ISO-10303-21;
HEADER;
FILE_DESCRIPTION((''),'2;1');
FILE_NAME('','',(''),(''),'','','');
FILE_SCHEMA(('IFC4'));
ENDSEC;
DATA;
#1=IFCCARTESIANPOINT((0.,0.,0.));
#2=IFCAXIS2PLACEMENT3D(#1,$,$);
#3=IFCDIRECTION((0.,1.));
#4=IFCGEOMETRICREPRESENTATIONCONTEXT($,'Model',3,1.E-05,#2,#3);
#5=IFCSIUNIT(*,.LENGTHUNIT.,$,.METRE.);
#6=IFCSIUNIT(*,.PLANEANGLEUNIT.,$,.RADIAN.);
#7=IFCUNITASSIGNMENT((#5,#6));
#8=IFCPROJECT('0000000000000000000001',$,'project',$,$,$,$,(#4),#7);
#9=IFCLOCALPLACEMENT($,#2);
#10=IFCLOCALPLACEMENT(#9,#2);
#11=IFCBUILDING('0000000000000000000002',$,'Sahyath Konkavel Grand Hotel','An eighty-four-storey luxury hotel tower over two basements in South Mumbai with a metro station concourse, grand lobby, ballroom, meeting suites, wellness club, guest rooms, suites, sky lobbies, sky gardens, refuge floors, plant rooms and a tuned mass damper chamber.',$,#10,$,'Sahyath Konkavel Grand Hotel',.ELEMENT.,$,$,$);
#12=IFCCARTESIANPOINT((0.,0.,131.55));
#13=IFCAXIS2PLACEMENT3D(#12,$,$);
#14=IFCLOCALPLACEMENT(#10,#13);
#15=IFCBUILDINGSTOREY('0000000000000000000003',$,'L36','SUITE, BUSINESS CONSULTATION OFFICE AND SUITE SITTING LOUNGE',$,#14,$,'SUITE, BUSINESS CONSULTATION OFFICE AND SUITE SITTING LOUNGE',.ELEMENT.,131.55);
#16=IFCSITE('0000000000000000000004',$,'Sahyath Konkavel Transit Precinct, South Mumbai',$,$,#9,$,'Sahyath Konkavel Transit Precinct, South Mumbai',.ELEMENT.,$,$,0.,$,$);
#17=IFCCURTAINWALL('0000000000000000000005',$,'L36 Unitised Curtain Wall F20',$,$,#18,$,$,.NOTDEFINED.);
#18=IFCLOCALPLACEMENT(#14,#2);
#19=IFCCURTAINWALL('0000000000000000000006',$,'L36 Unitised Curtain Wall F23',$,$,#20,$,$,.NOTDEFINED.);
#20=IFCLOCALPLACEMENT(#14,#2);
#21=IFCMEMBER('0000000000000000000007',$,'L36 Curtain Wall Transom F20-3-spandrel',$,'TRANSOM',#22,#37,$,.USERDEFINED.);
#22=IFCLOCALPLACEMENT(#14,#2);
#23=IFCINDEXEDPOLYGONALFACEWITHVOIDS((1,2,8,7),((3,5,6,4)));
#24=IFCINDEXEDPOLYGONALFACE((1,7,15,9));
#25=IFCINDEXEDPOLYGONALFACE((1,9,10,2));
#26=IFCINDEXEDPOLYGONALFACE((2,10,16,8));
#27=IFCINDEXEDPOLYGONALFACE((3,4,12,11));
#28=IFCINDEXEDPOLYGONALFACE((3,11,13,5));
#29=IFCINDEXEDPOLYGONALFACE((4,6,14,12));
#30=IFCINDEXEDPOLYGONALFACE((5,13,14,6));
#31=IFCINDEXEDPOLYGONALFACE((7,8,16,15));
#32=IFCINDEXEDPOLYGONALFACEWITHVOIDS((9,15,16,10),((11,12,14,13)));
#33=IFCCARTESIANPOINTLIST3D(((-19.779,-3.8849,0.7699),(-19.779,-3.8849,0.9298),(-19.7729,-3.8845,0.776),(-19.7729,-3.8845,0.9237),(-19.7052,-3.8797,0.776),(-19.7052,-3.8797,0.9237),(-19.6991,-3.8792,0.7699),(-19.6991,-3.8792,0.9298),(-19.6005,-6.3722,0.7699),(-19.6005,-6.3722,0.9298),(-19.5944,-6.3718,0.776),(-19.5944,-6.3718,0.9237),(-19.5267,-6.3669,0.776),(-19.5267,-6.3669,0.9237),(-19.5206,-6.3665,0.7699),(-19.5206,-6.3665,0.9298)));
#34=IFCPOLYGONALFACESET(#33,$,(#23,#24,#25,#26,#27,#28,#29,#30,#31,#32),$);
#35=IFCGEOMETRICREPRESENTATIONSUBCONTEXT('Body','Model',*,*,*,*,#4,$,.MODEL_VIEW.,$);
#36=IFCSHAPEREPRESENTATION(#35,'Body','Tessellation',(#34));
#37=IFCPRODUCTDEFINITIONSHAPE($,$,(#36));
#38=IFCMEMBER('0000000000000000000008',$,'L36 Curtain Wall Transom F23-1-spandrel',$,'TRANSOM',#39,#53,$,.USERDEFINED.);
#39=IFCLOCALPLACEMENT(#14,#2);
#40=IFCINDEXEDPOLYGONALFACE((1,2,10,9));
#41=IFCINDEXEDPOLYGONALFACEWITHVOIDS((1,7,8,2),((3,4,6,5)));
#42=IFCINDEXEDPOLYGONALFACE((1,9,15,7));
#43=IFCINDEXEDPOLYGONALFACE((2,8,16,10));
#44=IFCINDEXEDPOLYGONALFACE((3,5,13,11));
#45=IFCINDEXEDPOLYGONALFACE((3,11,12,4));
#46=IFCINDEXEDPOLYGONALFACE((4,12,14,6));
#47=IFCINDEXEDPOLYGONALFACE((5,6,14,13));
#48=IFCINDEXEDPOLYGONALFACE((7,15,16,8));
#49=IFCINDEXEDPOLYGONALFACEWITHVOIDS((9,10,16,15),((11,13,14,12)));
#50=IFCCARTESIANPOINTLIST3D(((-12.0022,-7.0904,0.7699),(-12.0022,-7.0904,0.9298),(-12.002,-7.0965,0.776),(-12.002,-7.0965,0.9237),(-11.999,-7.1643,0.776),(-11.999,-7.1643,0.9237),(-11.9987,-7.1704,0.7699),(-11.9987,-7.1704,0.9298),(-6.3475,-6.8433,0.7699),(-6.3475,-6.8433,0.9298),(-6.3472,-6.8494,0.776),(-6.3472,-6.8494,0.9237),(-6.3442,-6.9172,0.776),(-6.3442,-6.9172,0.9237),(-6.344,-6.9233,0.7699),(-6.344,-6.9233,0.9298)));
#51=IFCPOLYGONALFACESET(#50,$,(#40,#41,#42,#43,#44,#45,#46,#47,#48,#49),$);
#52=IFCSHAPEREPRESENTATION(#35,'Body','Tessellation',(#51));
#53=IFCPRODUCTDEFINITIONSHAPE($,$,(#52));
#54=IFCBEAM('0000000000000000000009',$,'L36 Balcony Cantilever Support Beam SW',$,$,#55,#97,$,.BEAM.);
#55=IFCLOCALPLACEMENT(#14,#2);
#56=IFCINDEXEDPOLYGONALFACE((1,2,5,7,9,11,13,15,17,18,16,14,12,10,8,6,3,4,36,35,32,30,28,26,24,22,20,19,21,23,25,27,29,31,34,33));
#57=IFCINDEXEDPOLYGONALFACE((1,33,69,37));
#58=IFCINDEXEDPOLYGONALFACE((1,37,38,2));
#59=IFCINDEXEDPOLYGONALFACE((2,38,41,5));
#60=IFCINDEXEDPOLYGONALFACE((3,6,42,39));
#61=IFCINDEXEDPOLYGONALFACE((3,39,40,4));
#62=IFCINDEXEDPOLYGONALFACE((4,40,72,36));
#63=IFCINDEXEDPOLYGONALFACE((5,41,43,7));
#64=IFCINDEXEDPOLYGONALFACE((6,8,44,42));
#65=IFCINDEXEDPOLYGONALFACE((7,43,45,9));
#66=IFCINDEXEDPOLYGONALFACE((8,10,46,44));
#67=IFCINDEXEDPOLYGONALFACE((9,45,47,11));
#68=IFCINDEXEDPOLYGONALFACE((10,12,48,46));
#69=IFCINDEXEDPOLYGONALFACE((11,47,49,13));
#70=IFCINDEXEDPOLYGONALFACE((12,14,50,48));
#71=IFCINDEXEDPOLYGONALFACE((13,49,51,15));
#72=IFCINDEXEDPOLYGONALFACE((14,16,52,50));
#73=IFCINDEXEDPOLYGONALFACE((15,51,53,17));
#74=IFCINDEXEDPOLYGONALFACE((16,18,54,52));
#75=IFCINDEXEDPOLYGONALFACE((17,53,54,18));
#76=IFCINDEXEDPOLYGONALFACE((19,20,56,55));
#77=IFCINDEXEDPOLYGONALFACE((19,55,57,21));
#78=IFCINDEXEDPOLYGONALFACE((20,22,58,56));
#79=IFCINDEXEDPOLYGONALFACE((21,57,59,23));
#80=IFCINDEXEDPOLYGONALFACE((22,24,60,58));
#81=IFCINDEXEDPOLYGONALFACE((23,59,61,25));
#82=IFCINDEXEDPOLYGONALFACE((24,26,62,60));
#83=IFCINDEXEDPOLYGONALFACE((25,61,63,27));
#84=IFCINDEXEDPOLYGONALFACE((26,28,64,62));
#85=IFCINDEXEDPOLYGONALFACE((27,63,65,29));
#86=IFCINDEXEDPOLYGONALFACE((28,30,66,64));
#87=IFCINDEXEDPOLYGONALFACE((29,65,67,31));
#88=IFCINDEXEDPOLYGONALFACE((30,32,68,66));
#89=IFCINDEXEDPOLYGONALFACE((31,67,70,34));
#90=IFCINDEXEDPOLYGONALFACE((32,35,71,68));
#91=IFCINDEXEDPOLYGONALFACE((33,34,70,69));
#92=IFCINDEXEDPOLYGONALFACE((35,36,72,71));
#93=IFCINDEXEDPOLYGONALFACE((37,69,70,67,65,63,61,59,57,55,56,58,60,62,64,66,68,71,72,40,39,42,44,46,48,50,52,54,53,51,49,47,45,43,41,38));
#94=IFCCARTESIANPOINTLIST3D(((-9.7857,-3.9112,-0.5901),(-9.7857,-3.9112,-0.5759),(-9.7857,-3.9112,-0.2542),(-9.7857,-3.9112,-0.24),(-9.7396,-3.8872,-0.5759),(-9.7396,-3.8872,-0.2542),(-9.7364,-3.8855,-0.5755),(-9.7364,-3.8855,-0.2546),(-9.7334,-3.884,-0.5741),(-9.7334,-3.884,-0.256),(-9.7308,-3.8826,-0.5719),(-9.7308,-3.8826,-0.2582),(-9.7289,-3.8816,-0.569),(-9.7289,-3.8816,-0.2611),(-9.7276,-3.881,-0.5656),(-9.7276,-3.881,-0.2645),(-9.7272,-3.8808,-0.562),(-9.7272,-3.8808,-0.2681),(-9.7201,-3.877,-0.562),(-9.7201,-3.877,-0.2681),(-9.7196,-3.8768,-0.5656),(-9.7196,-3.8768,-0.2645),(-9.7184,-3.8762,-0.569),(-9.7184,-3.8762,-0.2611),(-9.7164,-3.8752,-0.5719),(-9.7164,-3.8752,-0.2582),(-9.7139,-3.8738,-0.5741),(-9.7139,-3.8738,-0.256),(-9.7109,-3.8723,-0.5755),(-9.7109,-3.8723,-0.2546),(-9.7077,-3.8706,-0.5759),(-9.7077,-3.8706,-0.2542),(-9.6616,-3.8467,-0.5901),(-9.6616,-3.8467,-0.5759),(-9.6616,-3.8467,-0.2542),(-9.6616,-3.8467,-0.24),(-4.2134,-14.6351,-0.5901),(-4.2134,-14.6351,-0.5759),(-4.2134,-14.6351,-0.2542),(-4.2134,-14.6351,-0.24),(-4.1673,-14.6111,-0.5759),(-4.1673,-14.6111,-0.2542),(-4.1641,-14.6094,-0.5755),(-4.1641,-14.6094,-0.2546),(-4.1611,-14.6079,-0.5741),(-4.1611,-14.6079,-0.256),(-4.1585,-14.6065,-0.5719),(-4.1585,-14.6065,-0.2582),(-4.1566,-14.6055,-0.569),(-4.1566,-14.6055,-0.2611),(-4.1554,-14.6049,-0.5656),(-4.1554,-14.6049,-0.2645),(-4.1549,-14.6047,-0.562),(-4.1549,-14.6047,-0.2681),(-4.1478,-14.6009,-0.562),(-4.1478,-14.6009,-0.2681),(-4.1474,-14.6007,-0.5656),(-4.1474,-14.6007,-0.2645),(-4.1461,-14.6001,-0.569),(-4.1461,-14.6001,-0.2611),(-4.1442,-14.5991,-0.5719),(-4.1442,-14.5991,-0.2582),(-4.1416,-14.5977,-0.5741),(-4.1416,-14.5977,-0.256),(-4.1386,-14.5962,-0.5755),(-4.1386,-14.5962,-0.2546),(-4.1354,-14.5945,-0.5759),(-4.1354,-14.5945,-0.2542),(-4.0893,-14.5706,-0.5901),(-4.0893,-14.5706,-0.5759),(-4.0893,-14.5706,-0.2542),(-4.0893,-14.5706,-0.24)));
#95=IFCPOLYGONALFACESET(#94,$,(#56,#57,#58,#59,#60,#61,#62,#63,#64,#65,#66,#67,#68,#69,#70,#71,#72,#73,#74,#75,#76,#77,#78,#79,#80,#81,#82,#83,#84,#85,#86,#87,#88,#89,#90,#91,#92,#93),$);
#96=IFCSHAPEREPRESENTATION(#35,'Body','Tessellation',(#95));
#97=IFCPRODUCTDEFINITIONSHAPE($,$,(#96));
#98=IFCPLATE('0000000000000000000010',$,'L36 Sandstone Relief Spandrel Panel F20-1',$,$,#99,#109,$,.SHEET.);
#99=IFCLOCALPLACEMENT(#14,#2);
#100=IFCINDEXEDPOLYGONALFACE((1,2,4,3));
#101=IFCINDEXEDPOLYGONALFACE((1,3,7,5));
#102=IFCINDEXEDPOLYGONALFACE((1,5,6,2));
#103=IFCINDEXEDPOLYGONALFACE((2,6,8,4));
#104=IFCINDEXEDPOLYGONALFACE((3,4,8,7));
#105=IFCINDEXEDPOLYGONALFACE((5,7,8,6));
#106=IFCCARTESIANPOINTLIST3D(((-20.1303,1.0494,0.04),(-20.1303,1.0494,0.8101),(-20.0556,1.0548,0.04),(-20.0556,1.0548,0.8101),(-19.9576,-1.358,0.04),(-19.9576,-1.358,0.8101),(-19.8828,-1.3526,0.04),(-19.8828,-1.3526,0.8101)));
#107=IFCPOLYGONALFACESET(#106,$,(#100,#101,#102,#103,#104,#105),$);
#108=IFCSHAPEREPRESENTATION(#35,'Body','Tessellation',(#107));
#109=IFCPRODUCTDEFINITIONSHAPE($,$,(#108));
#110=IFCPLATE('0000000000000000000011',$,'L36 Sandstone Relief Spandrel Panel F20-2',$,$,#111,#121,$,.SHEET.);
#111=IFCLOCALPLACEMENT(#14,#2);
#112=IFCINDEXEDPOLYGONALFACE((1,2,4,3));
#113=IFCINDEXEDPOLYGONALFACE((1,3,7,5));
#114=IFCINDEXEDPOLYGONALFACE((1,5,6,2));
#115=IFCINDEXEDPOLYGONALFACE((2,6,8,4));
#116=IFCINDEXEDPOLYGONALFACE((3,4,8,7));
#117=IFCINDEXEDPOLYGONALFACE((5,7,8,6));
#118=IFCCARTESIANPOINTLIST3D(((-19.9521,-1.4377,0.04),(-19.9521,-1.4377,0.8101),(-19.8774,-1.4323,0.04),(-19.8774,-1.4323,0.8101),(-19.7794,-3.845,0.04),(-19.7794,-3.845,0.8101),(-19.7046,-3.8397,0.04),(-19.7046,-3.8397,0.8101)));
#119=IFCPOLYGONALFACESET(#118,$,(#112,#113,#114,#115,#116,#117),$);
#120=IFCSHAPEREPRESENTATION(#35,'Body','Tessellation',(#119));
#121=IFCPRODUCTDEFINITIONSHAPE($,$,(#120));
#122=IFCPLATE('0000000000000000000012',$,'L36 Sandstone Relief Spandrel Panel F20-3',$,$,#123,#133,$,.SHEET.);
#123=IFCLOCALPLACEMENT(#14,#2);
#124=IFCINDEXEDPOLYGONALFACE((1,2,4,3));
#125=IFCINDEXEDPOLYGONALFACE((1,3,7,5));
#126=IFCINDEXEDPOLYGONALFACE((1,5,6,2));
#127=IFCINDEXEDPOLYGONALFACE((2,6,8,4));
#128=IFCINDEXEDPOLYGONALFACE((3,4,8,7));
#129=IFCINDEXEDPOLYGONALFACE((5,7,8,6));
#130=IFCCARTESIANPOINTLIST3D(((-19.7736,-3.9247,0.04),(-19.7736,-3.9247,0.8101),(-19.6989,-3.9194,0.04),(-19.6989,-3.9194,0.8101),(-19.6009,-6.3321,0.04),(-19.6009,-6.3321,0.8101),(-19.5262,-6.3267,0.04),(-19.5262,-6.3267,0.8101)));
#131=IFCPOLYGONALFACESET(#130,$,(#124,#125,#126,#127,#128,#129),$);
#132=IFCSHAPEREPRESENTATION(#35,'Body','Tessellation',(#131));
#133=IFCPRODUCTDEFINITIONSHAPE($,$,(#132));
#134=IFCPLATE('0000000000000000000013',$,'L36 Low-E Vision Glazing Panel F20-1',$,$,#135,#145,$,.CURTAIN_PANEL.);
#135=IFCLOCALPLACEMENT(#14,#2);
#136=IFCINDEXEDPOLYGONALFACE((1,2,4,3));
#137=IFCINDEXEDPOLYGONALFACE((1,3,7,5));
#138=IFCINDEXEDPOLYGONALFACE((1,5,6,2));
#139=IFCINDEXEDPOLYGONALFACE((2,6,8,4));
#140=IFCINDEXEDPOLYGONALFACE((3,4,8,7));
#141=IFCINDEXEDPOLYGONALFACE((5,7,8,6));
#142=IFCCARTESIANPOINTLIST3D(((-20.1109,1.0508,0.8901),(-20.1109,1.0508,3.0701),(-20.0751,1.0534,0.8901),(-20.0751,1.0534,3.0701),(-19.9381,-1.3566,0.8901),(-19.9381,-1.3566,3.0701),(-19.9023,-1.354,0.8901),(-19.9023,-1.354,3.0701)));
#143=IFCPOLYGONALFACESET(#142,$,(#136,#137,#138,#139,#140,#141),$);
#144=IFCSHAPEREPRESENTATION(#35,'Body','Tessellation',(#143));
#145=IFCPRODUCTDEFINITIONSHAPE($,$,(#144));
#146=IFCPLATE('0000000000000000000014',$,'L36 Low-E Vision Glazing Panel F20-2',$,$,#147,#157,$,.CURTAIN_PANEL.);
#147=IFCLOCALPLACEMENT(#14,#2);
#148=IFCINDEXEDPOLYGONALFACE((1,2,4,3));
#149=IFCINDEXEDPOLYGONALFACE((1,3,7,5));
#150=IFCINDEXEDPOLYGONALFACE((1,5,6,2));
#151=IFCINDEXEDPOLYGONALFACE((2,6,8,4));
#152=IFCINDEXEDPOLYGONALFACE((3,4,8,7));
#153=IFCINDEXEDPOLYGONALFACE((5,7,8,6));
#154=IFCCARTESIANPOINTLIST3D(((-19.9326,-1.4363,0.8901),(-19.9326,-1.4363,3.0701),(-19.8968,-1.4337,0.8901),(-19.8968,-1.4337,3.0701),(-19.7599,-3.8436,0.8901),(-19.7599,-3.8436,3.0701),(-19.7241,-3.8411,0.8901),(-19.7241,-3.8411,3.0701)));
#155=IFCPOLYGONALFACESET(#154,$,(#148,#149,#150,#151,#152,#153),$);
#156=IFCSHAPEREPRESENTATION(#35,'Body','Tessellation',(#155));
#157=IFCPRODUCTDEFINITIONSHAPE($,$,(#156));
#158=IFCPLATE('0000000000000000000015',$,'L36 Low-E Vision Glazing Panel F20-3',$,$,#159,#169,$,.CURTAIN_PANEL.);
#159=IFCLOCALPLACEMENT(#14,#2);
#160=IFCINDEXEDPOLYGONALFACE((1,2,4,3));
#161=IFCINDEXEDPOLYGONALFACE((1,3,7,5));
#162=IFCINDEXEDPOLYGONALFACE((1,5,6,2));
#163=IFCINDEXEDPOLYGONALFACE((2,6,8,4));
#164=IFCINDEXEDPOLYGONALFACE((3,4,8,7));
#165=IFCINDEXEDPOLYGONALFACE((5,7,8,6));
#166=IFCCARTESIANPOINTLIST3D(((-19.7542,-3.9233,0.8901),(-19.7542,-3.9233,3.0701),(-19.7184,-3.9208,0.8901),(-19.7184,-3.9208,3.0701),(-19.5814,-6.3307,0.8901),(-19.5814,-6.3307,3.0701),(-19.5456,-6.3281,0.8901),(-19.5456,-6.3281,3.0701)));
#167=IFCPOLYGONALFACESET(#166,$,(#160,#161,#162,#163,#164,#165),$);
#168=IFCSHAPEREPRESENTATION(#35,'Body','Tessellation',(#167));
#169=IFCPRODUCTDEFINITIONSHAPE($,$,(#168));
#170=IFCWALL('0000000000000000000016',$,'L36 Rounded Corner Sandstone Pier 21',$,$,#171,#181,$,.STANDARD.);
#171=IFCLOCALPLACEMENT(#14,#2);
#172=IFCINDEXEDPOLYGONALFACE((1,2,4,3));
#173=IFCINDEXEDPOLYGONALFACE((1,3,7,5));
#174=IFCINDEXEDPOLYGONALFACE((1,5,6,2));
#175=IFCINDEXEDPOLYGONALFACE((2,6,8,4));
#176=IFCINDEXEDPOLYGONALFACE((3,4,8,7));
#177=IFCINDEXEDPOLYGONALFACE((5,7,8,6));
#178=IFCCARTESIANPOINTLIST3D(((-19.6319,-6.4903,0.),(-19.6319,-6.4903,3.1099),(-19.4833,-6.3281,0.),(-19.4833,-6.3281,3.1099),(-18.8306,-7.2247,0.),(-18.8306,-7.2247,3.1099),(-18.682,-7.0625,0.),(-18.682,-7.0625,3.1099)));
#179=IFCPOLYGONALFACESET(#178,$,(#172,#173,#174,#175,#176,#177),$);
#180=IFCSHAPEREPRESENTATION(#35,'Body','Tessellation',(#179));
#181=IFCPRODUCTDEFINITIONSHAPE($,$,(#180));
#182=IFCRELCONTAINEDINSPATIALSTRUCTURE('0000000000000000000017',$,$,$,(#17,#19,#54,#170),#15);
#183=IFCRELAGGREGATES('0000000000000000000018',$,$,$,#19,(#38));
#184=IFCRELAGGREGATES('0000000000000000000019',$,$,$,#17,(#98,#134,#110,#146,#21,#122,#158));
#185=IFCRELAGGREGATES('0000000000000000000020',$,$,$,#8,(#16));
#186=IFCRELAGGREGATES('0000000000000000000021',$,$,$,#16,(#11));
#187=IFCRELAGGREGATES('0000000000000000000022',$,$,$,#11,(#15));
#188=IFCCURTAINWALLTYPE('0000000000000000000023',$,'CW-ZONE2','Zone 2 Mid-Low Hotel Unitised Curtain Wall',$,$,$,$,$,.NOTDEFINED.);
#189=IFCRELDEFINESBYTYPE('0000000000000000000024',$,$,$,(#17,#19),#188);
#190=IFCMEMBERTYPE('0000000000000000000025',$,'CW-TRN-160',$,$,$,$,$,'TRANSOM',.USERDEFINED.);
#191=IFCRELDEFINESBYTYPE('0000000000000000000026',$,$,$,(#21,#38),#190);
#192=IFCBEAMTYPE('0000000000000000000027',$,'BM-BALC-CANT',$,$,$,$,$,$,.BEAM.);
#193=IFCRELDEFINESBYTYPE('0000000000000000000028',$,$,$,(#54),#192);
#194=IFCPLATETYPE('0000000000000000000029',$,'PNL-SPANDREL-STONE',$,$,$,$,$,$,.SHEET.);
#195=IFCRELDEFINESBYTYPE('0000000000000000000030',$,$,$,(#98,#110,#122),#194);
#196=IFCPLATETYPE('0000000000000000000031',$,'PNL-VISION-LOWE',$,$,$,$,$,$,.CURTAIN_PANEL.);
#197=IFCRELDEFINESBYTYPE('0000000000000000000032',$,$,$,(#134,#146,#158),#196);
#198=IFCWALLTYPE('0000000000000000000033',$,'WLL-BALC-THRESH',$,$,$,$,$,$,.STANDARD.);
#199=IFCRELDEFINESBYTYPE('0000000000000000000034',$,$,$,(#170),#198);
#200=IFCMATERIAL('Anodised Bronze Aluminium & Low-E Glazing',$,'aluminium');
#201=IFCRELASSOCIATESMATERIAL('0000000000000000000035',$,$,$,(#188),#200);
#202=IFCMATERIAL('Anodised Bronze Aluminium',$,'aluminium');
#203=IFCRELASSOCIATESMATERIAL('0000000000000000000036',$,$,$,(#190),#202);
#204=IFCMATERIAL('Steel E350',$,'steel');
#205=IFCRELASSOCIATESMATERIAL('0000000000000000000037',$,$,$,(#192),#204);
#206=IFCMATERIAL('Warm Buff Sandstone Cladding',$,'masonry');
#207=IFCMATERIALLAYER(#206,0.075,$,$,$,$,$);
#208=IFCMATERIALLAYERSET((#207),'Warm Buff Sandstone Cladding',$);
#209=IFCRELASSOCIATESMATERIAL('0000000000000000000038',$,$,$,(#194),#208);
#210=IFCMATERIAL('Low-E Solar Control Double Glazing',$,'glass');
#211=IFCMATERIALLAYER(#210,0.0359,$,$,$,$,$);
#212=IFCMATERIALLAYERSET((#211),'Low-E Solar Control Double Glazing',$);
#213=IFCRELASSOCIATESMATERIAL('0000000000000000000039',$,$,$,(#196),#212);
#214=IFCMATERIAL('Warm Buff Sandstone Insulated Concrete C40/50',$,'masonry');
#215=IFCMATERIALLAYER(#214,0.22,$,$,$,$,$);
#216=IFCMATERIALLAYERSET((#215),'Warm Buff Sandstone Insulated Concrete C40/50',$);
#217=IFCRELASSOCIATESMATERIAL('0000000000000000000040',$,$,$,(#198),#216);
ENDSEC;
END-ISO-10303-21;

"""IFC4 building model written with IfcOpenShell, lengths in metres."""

from ifc_helpers import new_model, si_unit, direction, frame, frame_2d, origin, origin_2d, place, context, subcontext, project, spatial, rectangle, hollow_rectangle, i_section, extrude, source, transform, mapped, material, layer, layer_set, material_profile, profile_set, type_object, element, aggregate, save


model = new_model("IFC4")

# Units and contexts
model_context = context("Model", 3, precision=1e-05, world=origin(), true_north=direction((0.0, 1.0)))
body_context = subcontext(model_context, "Body", "Model", "MODEL_VIEW")
ifc_project = project(units=[si_unit("LENGTHUNIT", "METRE"), si_unit("PLANEANGLEUNIT", "RADIAN")], contexts=[model_context])

# Site, building, storey
site_placement = place(None, origin())
site = spatial("IfcSite", under=ifc_project, at=site_placement, Name="Sahyath Konkavel Transit Precinct, South Mumbai", LongName="Sahyath Konkavel Transit Precinct, South Mumbai", CompositionType="ELEMENT", RefElevation=0.0)
building_placement = place(site_placement, origin())
building = spatial("IfcBuilding", under=site, at=building_placement, Name="Sahyath Konkavel Grand Hotel", Description="An eighty-four-storey luxury hotel tower over two basements in South Mumbai with a metro station concourse, grand lobby, ballroom, meeting suites, wellness club, guest rooms, suites, sky lobbies, sky gardens, refuge floors, plant rooms and a tuned mass damper chamber.", LongName="Sahyath Konkavel Grand Hotel", CompositionType="ELEMENT")
storey_placement = place(building_placement, frame((0.0, 0.0, 131.55)))
storey = spatial("IfcBuildingStorey", under=building, at=storey_placement, Name="L36", Description="SUITE, BUSINESS CONSULTATION OFFICE AND SUITE SITTING LOUNGE", LongName="SUITE, BUSINESS CONSULTATION OFFICE AND SUITE SITTING LOUNGE", CompositionType="ELEMENT", Elevation=131.55)

# Shared definitions
ifc_material_1 = material(Name="Steel E350", Category="steel")

# Curtain wall
ifc_material_2 = material(Name="Anodised Bronze Aluminium & Low-E Glazing", Category="aluminium")
curtain_wall_type = type_object("IfcCurtainWallType", Name="CW-ZONE2", Description="Zone 2 Mid-Low Hotel Unitised Curtain Wall", PredefinedType="NOTDEFINED", material=ifc_material_2)
curtain_wall_1_placement = place(storey_placement, origin())
curtain_wall_1 = element("IfcCurtainWall", 1, at=curtain_wall_1_placement, inside=storey, type_object=curtain_wall_type, Name="L36 Unitised Curtain Wall F20", PredefinedType="NOTDEFINED")
ifc_material_3 = material(Name="Anodised Bronze Aluminium", Category="aluminium")

# Curtain wall
curtain_wall_2_placement = place(storey_placement, origin())
curtain_wall_2 = element("IfcCurtainWall", 2, at=curtain_wall_2_placement, inside=storey, type_object=curtain_wall_type, Name="L36 Unitised Curtain Wall F23", PredefinedType="NOTDEFINED")

# Members
ifc_material_profile_1 = material_profile(ifc_material_3, hollow_rectangle(XDim=0.0801, YDim=0.1599, WallThickness=0.0061, at=origin_2d()), Name="RHS 160x80x6")
ifc_profile_set_1 = profile_set([ifc_material_profile_1], Name="Anodised Bronze Aluminium")
member_type_1 = type_object("IfcMemberType", Name="CW-TRN-160", ElementType="TRANSOM", PredefinedType="USERDEFINED", material=ifc_profile_set_1)
shared_shape_1 = source(origin(), body_context, "Body", "SweptSolid", [
    extrude(hollow_rectangle(XDim=0.0801, YDim=0.1599, WallThickness=0.0061, at=origin_2d()), origin(), (0.0, 0.0, 1.0), 2.4937),
])
member_1_placement = place(storey_placement, frame((-19.739, -3.8821, 0.8499), z_axis=(0.071567, -0.997436, 0.0), x_axis=(0.997436, 0.071567, 0.0)))
member_1 = element("IfcMember", 3, at=member_1_placement, type_object=member_type_1, Name="L36 Curtain Wall Transom F20-3-spandrel", ObjectType="TRANSOM", PredefinedType="USERDEFINED", context=body_context, shape_type="MappedRepresentation", body=[
    mapped(shared_shape_1, transform((0.0, 0.0, 0.0), scale=1.0)),
])
shared_shape_2 = source(origin(), body_context, "Body", "SweptSolid", [
    extrude(hollow_rectangle(XDim=0.0801, YDim=0.1599, WallThickness=0.0061, at=origin_2d()), origin(), (0.0, 0.0, 1.0), 5.6602),
])
member_2_placement = place(storey_placement, frame((-12.0005, -7.1304, 0.8499), z_axis=(0.999047, 0.043651, 0.0), x_axis=(-0.043651, 0.999047, 0.0)))
member_2 = element("IfcMember", 4, at=member_2_placement, type_object=member_type_1, Name="L36 Curtain Wall Transom F23-1-spandrel", ObjectType="TRANSOM", PredefinedType="USERDEFINED", context=body_context, shape_type="MappedRepresentation", body=[
    mapped(shared_shape_2, transform((0.0, 0.0, 0.0), scale=1.0)),
])
aggregate(curtain_wall_2, [member_2])

# Beam
ifc_material_profile_2 = material_profile(ifc_material_1, i_section(OverallWidth=0.1399, OverallDepth=0.3501, WebThickness=0.0081, FlangeThickness=0.0142, FilletRadius=0.0139, at=origin_2d()), Name="ISMB 350")
ifc_profile_set_2 = profile_set([ifc_material_profile_2], Name="Steel E350")
beam_type_1 = type_object("IfcBeamType", Name="BM-BALC-CANT", PredefinedType="BEAM", material=ifc_profile_set_2)
shared_shape_3 = source(origin(), body_context, "Body", "SweptSolid", [
    extrude(i_section(OverallWidth=0.1399, OverallDepth=0.3501, WebThickness=0.0081, FlangeThickness=0.0142, FilletRadius=0.0139, at=origin_2d()), origin(), (0.0, 0.0, 1.0), 12.0852),
])
beam_1_placement = place(storey_placement, frame((-9.7236, -3.8789, -0.415), z_axis=(0.461082, -0.887357, 0.0), x_axis=(0.887357, 0.461082, 0.0)))
element("IfcBeam", 5, at=beam_1_placement, inside=storey, type_object=beam_type_1, Name="L36 Balcony Cantilever Support Beam SW", PredefinedType="BEAM", context=body_context, shape_type="MappedRepresentation", body=[
    mapped(shared_shape_3, transform((0.0, 0.0, 0.0), scale=1.0)),
])

# Plates
ifc_material_4 = material(Name="Warm Buff Sandstone Cladding", Category="masonry")
ifc_layer_1 = layer(ifc_material_4, 0.075)
ifc_layer_set_1 = layer_set([ifc_layer_1], Name="Warm Buff Sandstone Cladding")
plate_type_1 = type_object("IfcPlateType", Name="PNL-SPANDREL-STONE", PredefinedType="SHEET", material=ifc_layer_set_1)
shared_shape_4 = source(origin(), body_context, "Body", "SweptSolid", [
    extrude(rectangle(XDim=2.4136, YDim=0.075, at=origin_2d()), origin(), (0.0, 0.0, 1.0), 0.77),
])
plate_1_placement = place(storey_placement, frame((-20.0066, -0.1516, 0.04), z_axis=(0.0, 0.0, 1.0), x_axis=(0.071567, -0.997436, 0.0)))
plate_1 = element("IfcPlate", 6, at=plate_1_placement, type_object=plate_type_1, Name="L36 Sandstone Relief Spandrel Panel F20-1", PredefinedType="SHEET", context=body_context, shape_type="MappedRepresentation", body=[
    mapped(shared_shape_4, transform((0.0, 0.0, 0.0), scale=1.0)),
])
plate_2_placement = place(storey_placement, frame((-19.8284, -2.6387, 0.04), z_axis=(0.0, 0.0, 1.0), x_axis=(0.071567, -0.997436, 0.0)))
plate_2 = element("IfcPlate", 7, at=plate_2_placement, type_object=plate_type_1, Name="L36 Sandstone Relief Spandrel Panel F20-2", PredefinedType="SHEET", context=body_context, shape_type="MappedRepresentation", body=[
    mapped(shared_shape_4, transform((0.0, 0.0, 0.0), scale=1.0)),
])
plate_3_placement = place(storey_placement, frame((-19.6499, -5.1257, 0.04), z_axis=(0.0, 0.0, 1.0), x_axis=(0.071567, -0.997436, 0.0)))
plate_3 = element("IfcPlate", 8, at=plate_3_placement, type_object=plate_type_1, Name="L36 Sandstone Relief Spandrel Panel F20-3", PredefinedType="SHEET", context=body_context, shape_type="MappedRepresentation", body=[
    mapped(shared_shape_4, transform((0.0, 0.0, 0.0), scale=1.0)),
])
ifc_material_5 = material(Name="Low-E Solar Control Double Glazing", Category="glass")
ifc_layer_2 = layer(ifc_material_5, 0.0359)
ifc_layer_set_2 = layer_set([ifc_layer_2], Name="Low-E Solar Control Double Glazing")
plate_type_2 = type_object("IfcPlateType", Name="PNL-VISION-LOWE", PredefinedType="CURTAIN_PANEL", material=ifc_layer_set_2)
shared_shape_5 = source(origin(), body_context, "Body", "SweptSolid", [
    extrude(rectangle(XDim=2.4136, YDim=0.0359, at=origin_2d()), origin(), (0.0, 0.0, 1.0), 2.1799),
])
plate_4_placement = place(storey_placement, frame((-20.0066, -0.1516, 0.8901), z_axis=(0.0, 0.0, 1.0), x_axis=(0.071567, -0.997436, 0.0)))
plate_4 = element("IfcPlate", 9, at=plate_4_placement, type_object=plate_type_2, Name="L36 Low-E Vision Glazing Panel F20-1", PredefinedType="CURTAIN_PANEL", context=body_context, shape_type="MappedRepresentation", body=[
    mapped(shared_shape_5, transform((0.0, 0.0, 0.0), scale=1.0)),
])
plate_5_placement = place(storey_placement, frame((-19.8284, -2.6387, 0.8901), z_axis=(0.0, 0.0, 1.0), x_axis=(0.071567, -0.997436, 0.0)))
plate_5 = element("IfcPlate", 10, at=plate_5_placement, type_object=plate_type_2, Name="L36 Low-E Vision Glazing Panel F20-2", PredefinedType="CURTAIN_PANEL", context=body_context, shape_type="MappedRepresentation", body=[
    mapped(shared_shape_5, transform((0.0, 0.0, 0.0), scale=1.0)),
])
plate_6_placement = place(storey_placement, frame((-19.6499, -5.1257, 0.8901), z_axis=(0.0, 0.0, 1.0), x_axis=(0.071567, -0.997436, 0.0)))
plate_6 = element("IfcPlate", 11, at=plate_6_placement, type_object=plate_type_2, Name="L36 Low-E Vision Glazing Panel F20-3", PredefinedType="CURTAIN_PANEL", context=body_context, shape_type="MappedRepresentation", body=[
    mapped(shared_shape_5, transform((0.0, 0.0, 0.0), scale=1.0)),
])
aggregate(curtain_wall_1, [plate_1, plate_4, plate_2, plate_5, member_1, plate_3, plate_6])

# Wall
ifc_material_6 = material(Name="Warm Buff Sandstone Insulated Concrete C40/50", Category="masonry")
ifc_layer_3 = layer(ifc_material_6, 0.22)
ifc_layer_set_3 = layer_set([ifc_layer_3], Name="Warm Buff Sandstone Insulated Concrete C40/50")
wall_type_1 = type_object("IfcWallType", Name="WLL-BALC-THRESH", PredefinedType="STANDARD", material=ifc_layer_set_3)
wall_1_placement = place(storey_placement, frame((-19.5576, -6.4092, 0.0), z_axis=(0.0, 0.0, 1.0), x_axis=(0.73721, -0.675664, 0.0)))
element("IfcWall", 12, at=wall_1_placement, inside=storey, type_object=wall_type_1, Name="L36 Rounded Corner Sandstone Pier 21", PredefinedType="STANDARD", context=body_context, shape_type="SweptSolid", body=[
    extrude(rectangle(XDim=1.0869, YDim=0.22, at=frame_2d((0.5435, 0.0))), origin(), (0.0, 0.0, 1.0), 3.1099),
])

save(model, "model.ifc")
